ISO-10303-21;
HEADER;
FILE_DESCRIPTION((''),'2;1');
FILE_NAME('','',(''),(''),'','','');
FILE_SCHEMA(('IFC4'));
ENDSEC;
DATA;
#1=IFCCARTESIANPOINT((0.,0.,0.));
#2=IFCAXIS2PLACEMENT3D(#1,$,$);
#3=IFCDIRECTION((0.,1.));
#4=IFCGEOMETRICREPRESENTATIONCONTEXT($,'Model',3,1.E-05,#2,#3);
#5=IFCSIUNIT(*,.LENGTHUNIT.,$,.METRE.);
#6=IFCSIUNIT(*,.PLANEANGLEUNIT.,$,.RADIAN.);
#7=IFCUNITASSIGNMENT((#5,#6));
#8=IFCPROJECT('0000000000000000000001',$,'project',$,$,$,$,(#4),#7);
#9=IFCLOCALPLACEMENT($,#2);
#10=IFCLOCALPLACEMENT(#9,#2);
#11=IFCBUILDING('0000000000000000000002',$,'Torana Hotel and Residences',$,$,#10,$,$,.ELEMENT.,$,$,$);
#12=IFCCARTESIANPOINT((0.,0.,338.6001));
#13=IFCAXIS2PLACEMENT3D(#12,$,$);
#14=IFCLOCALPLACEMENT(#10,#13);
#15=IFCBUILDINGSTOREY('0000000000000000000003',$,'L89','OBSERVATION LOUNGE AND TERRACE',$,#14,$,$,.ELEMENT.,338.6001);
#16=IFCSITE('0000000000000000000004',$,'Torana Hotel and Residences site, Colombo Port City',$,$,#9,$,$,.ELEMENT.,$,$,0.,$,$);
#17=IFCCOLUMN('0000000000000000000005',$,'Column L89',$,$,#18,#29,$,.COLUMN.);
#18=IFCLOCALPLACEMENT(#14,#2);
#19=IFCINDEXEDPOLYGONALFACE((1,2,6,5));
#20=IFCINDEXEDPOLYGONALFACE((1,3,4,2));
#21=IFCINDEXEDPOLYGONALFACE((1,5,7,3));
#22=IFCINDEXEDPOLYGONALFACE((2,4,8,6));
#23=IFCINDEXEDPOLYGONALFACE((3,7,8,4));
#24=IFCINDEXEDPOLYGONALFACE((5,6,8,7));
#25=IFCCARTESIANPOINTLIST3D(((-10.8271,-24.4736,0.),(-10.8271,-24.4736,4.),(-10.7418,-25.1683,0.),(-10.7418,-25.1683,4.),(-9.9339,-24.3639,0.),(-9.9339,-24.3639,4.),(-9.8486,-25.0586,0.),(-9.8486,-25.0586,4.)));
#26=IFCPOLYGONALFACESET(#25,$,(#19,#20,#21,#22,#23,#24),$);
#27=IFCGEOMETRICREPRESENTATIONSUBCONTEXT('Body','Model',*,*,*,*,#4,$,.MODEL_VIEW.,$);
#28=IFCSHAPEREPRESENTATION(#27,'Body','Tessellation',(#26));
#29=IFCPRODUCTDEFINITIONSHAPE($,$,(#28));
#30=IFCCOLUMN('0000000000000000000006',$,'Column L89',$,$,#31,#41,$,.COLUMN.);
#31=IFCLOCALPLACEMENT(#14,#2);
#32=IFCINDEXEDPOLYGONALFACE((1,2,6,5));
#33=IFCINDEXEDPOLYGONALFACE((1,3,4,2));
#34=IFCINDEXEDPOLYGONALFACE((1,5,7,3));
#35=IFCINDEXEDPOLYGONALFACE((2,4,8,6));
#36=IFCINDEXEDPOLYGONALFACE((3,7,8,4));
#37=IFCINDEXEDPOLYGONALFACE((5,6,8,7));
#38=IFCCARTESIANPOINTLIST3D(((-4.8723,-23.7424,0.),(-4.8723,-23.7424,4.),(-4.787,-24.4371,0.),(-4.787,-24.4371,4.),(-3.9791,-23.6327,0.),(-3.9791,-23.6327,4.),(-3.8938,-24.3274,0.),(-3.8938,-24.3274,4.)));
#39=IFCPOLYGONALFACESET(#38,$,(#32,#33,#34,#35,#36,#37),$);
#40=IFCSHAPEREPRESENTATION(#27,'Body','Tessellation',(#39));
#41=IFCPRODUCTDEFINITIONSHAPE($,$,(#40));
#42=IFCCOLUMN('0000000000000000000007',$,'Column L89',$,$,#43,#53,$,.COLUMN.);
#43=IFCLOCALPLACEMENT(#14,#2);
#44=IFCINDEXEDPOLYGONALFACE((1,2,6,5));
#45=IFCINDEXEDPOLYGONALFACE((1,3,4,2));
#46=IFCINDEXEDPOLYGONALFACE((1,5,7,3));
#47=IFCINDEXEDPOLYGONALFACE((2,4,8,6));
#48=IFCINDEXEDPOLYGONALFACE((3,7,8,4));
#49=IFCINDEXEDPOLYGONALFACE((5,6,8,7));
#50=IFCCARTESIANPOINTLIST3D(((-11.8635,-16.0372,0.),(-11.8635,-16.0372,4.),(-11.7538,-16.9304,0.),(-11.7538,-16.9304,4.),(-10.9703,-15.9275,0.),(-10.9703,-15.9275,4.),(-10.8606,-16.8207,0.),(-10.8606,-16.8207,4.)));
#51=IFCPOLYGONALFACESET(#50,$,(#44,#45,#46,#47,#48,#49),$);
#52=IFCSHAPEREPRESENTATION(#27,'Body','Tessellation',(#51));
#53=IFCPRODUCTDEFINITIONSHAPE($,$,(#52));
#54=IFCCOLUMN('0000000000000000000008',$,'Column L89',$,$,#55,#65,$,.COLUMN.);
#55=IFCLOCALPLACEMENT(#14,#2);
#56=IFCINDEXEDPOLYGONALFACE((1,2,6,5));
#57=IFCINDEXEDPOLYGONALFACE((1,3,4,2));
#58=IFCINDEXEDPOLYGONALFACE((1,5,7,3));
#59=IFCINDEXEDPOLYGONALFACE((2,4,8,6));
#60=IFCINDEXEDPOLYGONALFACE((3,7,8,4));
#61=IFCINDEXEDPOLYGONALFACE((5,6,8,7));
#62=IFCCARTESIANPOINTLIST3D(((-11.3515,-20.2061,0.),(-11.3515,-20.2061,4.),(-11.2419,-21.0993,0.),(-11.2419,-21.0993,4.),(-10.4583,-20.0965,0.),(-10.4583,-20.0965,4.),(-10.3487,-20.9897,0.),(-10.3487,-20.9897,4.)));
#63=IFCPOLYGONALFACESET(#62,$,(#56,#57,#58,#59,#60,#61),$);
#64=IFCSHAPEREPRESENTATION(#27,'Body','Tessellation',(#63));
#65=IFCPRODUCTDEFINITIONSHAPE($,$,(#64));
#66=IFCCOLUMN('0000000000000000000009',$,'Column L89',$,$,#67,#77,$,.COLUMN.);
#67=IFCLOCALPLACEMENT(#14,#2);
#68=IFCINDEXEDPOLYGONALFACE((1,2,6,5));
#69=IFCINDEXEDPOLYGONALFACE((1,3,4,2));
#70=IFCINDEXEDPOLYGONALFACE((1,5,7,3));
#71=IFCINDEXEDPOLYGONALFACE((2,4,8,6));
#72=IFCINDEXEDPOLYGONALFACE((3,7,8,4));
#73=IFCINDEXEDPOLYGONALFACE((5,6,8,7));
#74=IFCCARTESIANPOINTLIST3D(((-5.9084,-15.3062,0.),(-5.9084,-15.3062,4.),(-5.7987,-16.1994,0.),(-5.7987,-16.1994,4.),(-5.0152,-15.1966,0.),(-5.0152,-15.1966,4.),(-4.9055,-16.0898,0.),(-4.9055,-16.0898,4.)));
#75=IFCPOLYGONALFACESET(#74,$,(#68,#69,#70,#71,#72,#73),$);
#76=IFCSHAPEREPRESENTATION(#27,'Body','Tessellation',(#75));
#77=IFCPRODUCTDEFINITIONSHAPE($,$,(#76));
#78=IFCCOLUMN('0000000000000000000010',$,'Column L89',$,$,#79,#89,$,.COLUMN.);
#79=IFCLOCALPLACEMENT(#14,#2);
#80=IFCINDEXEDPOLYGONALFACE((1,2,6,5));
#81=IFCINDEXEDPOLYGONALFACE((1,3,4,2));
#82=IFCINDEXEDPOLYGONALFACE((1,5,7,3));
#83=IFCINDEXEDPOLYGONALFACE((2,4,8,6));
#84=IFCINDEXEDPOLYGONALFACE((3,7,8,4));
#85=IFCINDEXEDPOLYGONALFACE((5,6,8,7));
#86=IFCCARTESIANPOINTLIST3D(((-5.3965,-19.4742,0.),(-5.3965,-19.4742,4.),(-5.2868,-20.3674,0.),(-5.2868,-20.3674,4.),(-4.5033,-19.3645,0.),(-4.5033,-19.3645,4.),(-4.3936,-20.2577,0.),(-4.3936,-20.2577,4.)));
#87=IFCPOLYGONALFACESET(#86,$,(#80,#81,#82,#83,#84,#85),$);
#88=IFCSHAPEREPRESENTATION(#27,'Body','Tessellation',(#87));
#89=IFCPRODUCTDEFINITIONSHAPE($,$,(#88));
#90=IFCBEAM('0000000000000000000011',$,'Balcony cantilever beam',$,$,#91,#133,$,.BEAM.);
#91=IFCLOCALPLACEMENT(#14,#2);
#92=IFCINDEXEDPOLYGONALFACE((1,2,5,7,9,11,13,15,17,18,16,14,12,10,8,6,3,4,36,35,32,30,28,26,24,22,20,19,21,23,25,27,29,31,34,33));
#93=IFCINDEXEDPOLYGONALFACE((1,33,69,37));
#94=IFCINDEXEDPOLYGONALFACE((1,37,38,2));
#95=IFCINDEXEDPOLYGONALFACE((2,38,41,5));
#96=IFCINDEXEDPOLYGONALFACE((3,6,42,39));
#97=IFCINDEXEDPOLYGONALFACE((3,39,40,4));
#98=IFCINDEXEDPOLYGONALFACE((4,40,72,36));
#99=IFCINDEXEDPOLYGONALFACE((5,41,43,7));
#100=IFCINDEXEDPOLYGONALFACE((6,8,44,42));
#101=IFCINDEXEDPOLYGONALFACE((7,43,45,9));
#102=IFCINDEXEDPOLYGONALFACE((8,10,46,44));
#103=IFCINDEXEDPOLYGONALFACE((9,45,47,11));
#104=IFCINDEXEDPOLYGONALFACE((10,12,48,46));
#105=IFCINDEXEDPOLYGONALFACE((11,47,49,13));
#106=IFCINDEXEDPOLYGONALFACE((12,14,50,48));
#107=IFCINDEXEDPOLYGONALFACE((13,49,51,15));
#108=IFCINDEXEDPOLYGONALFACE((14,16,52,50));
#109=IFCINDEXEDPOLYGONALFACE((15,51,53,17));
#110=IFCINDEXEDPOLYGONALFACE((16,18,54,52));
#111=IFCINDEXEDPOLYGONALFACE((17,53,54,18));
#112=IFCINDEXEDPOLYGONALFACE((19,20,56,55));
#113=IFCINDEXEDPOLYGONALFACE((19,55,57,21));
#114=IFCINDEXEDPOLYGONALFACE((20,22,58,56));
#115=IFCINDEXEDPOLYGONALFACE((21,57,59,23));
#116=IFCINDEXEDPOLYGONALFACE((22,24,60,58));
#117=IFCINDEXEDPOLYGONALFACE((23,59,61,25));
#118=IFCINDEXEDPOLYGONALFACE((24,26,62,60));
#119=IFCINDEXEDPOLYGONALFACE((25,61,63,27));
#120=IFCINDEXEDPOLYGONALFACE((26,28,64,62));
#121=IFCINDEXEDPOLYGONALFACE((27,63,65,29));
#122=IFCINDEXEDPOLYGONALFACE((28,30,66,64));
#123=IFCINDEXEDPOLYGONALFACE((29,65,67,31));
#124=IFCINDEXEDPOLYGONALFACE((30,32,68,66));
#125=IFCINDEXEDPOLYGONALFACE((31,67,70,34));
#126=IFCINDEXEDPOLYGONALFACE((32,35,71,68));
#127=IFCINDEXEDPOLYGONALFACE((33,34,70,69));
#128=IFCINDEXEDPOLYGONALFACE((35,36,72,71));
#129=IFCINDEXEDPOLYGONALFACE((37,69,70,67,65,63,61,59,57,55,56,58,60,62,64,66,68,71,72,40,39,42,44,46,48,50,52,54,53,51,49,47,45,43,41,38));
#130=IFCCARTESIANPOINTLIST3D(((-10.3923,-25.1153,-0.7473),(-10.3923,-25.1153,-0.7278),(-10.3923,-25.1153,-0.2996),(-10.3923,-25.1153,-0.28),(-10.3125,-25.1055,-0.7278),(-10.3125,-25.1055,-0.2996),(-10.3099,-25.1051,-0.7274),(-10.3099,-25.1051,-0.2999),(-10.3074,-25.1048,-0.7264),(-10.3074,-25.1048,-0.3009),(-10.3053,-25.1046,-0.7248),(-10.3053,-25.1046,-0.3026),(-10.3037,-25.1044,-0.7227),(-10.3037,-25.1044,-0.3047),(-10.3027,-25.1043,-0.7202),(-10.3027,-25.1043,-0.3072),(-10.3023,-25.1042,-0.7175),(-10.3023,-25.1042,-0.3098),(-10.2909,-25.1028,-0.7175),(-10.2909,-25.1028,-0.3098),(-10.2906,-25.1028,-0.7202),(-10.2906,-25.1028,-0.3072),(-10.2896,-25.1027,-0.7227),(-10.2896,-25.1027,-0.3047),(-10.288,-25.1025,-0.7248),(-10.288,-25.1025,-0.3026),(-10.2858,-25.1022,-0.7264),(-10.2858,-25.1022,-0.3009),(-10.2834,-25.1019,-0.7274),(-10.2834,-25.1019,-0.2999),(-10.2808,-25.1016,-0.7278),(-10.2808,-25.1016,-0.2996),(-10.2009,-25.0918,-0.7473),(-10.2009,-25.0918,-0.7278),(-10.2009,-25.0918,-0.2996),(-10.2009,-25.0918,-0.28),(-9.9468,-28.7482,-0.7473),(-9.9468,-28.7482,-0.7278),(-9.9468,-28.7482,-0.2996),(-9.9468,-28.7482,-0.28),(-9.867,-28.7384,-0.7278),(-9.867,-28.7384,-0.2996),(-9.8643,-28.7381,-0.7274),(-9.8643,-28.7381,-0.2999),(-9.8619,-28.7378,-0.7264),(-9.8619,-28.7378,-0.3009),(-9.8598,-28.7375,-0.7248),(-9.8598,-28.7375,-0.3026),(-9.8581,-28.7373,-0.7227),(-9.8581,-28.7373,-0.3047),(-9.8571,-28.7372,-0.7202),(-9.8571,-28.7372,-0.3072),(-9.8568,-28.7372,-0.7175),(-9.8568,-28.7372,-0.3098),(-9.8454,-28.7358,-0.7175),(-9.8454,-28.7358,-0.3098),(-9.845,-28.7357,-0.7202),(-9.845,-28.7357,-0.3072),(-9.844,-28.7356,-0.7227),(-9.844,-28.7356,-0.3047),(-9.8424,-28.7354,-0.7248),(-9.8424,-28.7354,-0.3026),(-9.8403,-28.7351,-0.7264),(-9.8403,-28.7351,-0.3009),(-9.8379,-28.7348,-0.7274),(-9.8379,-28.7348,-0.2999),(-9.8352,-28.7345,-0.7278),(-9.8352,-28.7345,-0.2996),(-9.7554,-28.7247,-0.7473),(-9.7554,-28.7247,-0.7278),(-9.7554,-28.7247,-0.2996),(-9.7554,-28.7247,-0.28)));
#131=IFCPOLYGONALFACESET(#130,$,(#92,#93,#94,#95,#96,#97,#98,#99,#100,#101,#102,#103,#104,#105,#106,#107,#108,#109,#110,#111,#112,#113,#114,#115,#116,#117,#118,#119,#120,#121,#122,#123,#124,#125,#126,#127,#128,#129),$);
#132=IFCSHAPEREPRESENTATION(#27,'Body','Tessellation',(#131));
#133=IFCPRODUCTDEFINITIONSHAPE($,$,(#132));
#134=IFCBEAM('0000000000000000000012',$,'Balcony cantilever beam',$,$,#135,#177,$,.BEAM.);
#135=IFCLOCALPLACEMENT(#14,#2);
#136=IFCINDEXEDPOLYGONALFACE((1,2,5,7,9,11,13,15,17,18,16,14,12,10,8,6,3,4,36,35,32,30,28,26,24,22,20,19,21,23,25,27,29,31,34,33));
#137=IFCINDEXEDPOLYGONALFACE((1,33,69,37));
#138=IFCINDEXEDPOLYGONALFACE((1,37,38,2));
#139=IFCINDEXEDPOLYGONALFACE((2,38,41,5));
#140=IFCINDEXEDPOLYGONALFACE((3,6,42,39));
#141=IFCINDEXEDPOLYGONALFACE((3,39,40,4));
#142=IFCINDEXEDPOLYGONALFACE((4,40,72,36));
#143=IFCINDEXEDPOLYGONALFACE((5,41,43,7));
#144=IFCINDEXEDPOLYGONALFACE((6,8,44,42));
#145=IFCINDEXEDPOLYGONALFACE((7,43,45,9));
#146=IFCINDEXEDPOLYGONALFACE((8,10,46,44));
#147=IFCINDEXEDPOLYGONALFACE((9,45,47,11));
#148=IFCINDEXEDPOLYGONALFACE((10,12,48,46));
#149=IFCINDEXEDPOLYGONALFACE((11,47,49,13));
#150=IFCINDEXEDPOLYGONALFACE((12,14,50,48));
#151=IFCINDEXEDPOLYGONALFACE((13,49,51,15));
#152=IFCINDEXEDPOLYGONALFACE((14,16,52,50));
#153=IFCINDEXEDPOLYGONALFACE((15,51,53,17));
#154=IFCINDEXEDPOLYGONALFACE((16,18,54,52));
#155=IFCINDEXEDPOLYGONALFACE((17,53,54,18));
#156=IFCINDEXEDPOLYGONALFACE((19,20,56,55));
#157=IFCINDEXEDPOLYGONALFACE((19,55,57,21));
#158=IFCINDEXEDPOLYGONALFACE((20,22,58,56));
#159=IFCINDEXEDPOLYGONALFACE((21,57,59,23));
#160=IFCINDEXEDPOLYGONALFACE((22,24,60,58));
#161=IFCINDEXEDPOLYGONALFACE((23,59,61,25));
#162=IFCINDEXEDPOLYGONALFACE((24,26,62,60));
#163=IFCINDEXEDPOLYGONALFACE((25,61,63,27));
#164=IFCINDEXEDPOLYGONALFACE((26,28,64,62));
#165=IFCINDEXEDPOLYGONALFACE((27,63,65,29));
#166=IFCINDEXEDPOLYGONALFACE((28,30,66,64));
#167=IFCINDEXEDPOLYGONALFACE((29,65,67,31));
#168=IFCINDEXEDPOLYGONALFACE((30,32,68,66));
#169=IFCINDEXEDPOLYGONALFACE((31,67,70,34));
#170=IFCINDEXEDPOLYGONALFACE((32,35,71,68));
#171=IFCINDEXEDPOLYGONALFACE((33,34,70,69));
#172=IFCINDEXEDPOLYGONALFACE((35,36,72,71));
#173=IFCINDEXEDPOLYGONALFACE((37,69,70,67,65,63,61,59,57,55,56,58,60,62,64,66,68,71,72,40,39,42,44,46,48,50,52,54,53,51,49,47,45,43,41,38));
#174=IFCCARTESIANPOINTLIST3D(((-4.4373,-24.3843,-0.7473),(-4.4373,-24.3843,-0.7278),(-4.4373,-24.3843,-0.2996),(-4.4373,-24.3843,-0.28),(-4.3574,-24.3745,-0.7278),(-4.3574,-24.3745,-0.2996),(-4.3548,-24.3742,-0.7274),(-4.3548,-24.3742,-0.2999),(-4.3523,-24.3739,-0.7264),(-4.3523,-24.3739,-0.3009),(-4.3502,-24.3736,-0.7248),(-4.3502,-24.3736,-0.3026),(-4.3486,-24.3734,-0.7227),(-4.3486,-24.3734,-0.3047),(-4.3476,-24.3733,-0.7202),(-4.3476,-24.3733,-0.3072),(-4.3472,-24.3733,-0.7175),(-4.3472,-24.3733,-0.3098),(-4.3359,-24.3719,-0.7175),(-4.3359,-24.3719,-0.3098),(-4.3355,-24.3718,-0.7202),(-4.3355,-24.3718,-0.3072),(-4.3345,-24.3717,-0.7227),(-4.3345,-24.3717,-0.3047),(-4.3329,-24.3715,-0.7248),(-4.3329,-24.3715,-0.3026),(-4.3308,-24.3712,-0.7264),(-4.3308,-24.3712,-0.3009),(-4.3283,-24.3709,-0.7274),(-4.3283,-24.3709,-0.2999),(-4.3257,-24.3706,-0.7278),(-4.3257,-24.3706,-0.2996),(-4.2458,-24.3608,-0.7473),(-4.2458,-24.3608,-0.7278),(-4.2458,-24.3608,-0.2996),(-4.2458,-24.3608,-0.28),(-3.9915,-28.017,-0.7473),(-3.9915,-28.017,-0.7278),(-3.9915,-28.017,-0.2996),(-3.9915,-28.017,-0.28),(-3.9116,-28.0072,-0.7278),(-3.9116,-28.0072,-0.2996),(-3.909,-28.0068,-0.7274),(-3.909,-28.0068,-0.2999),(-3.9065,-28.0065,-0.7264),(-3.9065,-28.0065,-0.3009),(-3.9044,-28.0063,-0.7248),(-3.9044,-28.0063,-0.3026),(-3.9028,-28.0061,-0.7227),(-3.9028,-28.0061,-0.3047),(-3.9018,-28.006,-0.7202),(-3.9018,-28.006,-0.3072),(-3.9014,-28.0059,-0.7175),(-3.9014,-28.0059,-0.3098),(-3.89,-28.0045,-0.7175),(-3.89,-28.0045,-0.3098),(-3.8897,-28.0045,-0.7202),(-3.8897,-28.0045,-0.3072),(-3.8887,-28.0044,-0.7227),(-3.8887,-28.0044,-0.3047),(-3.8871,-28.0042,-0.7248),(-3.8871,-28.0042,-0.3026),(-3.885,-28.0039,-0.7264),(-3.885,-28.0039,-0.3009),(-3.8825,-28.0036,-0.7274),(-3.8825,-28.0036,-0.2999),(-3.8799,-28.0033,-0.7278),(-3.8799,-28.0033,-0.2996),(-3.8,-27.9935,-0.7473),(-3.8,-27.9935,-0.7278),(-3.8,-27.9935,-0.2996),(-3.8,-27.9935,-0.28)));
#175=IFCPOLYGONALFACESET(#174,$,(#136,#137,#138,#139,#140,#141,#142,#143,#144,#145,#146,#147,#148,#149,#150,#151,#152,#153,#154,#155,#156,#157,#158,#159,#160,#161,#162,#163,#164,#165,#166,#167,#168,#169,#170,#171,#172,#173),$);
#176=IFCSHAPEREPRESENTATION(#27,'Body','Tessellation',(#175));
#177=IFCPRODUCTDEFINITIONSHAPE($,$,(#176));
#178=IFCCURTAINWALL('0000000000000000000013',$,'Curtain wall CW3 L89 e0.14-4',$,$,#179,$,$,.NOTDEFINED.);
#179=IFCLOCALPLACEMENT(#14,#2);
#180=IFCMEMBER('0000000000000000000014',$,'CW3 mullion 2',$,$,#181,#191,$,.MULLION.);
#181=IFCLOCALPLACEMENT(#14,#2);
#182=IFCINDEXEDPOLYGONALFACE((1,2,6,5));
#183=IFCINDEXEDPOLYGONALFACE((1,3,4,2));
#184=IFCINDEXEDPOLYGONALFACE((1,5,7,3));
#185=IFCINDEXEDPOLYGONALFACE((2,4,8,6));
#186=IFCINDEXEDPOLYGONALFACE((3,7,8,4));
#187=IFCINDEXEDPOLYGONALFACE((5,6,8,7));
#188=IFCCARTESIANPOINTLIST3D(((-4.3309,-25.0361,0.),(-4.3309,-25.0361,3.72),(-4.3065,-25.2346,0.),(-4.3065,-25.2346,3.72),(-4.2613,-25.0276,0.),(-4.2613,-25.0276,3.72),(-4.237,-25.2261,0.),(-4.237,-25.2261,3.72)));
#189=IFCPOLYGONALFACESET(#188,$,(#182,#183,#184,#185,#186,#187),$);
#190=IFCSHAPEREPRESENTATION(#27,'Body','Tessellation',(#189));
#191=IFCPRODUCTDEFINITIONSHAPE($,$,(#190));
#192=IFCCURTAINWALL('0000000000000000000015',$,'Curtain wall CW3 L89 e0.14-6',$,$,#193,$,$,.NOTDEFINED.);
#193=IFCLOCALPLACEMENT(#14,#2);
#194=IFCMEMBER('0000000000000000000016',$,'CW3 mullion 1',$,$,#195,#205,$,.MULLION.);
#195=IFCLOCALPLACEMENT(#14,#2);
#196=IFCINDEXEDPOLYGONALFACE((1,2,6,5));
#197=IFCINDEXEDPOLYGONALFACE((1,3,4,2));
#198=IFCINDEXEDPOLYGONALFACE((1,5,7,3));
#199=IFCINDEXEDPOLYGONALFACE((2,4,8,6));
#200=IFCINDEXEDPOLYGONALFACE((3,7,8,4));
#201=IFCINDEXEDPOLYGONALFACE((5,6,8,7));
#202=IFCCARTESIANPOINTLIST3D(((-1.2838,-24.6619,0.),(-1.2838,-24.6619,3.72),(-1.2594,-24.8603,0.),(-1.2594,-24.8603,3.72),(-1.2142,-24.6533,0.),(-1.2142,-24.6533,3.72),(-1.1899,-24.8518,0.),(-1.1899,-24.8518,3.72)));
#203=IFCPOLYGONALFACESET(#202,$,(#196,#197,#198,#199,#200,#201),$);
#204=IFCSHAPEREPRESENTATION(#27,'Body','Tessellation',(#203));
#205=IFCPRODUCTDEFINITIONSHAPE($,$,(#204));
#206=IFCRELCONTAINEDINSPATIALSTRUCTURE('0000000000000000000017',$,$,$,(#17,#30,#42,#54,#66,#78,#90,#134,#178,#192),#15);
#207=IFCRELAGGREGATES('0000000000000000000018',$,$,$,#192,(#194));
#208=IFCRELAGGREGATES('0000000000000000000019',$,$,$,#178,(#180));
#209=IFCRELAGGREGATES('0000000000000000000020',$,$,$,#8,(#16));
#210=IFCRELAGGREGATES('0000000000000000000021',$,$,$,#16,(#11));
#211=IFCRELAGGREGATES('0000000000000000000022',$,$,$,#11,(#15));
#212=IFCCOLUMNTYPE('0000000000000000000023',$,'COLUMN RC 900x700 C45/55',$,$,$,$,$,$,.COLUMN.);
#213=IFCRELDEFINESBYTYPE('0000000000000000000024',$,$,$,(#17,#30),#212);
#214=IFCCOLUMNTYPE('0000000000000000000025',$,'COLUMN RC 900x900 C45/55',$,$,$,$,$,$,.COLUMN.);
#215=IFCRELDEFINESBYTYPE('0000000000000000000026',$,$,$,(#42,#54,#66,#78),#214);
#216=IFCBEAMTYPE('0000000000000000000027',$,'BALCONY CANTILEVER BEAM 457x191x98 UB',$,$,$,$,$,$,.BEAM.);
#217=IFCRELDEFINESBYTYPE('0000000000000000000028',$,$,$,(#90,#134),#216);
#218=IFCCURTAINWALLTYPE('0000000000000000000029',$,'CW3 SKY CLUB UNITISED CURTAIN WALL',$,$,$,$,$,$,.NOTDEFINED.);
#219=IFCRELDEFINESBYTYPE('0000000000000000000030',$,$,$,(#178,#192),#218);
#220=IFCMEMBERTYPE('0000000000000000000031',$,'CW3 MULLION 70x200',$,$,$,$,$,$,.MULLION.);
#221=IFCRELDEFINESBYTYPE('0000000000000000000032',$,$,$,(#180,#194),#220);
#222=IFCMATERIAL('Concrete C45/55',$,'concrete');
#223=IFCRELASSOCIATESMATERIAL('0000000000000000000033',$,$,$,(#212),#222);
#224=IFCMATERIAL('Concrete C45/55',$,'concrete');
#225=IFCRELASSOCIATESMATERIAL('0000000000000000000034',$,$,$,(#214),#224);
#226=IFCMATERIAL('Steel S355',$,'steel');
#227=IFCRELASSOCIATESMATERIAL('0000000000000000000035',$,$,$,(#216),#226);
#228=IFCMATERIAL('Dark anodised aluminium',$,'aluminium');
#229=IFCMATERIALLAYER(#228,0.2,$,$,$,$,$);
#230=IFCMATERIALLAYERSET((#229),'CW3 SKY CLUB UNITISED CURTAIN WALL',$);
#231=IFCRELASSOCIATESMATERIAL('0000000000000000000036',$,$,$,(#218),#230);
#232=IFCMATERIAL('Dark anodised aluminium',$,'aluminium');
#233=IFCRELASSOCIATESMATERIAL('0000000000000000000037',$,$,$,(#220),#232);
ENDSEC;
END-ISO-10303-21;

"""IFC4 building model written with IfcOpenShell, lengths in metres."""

from ifc_helpers import new_model, si_unit, direction, frame, origin, origin_2d, place, context, subcontext, project, spatial, rectangle, i_section, extrude, material, layer, layer_set, material_profile, profile_set, type_object, element, aggregate, save


model = new_model("IFC4")

# Units and contexts
model_context = context("Model", 3, precision=1e-05, world=origin(), true_north=direction((0.0, 1.0)))
body_context = subcontext(model_context, "Body", "Model", "MODEL_VIEW")
ifc_project = project(units=[si_unit("LENGTHUNIT", "METRE"), si_unit("PLANEANGLEUNIT", "RADIAN")], contexts=[model_context])

# Site, building, storey
site_placement = place(None, origin())
site = spatial("IfcSite", under=ifc_project, at=site_placement, Name="Torana Hotel and Residences site, Colombo Port City", CompositionType="ELEMENT", RefElevation=0.0)
building_placement = place(site_placement, origin())
building = spatial("IfcBuilding", under=site, at=building_placement, Name="Torana Hotel and Residences", CompositionType="ELEMENT")
storey_placement = place(building_placement, frame((0.0, 0.0, 338.6001)))
storey = spatial("IfcBuildingStorey", under=building, at=storey_placement, Name="L89", Description="OBSERVATION LOUNGE AND TERRACE", CompositionType="ELEMENT", Elevation=338.6001)

# Columns
ifc_material_1 = material(Name="Concrete C45/55", Category="concrete")
ifc_material_profile_1 = material_profile(ifc_material_1, rectangle(XDim=0.8999, YDim=0.7, at=origin_2d()), Name="RC 900x700")
ifc_profile_set_1 = profile_set([ifc_material_profile_1], Name="Concrete C45/55")
column_type_1 = type_object("IfcColumnType", Name="COLUMN RC 900x700 C45/55", PredefinedType="COLUMN", material=ifc_profile_set_1)
for number, where, z_axis, x_axis, name in (
    (1, (-10.3379, -24.7661, 0.0), (0.0, 0.0, 1.0), (0.992546, 0.121869, 0.0), "Column L89"),
    (2, (-4.3831, -24.0349, 0.0), (0.0, 0.0, 1.0), (0.992546, 0.121869, 0.0), "Column L89"),
):
    element("IfcColumn", number, at=place(storey_placement, frame(where, z_axis=z_axis, x_axis=x_axis)), inside=storey, type_object=column_type_1, Name=name, PredefinedType="COLUMN", context=body_context, shape_type="SweptSolid", body=[
        extrude(rectangle(XDim=0.8999, YDim=0.7, at=origin_2d()), origin(), (0.0, 0.0, 1.0), 4.0),
    ])
ifc_material_2 = material(Name="Concrete C45/55", Category="concrete")
ifc_material_profile_2 = material_profile(ifc_material_2, rectangle(XDim=0.8999, YDim=0.8999, at=origin_2d()), Name="RC 900x900")
ifc_profile_set_2 = profile_set([ifc_material_profile_2], Name="Concrete C45/55")
column_type_2 = type_object("IfcColumnType", Name="COLUMN RC 900x900 C45/55", PredefinedType="COLUMN", material=ifc_profile_set_2)
for number, where, z_axis, x_axis, name in (
    (3, (-11.3621, -16.429, 0.0), (0.0, 0.0, 1.0), (0.992546, 0.121869, 0.0), "Column L89"),
    (4, (-10.8501, -20.5979, 0.0), (0.0, 0.0, 1.0), (0.992546, 0.121869, 0.0), "Column L89"),
    (5, (-5.407, -15.698, 0.0), (0.0, 0.0, 1.0), (0.992546, 0.121869, 0.0), "Column L89"),
    (6, (-4.895, -19.866, 0.0), (0.0, 0.0, 1.0), (0.992546, 0.121869, 0.0), "Column L89"),
):
    element("IfcColumn", number, at=place(storey_placement, frame(where, z_axis=z_axis, x_axis=x_axis)), inside=storey, type_object=column_type_2, Name=name, PredefinedType="COLUMN", context=body_context, shape_type="SweptSolid", body=[
        extrude(rectangle(XDim=0.8999, YDim=0.8999, at=origin_2d()), origin(), (0.0, 0.0, 1.0), 4.0),
    ])

# Beams
ifc_material_3 = material(Name="Steel S355", Category="steel")
ifc_material_profile_3 = material_profile(ifc_material_3, i_section(OverallWidth=0.1929, OverallDepth=0.4673, WebThickness=0.0115, FlangeThickness=0.0195, FilletRadius=0.0103, at=origin_2d()), Name="457x191x98 UB")
ifc_profile_set_3 = profile_set([ifc_material_profile_3], Name="Steel S355")
beam_type_1 = type_object("IfcBeamType", Name="BALCONY CANTILEVER BEAM 457x191x98 UB", PredefinedType="BEAM", material=ifc_profile_set_3)
beam_1_placement = place(storey_placement, frame((-10.2966, -25.1035, -0.5137), z_axis=(0.121728, -0.992564, 0.0), x_axis=(0.992564, 0.121728, 0.0)))
element("IfcBeam", 7, at=beam_1_placement, inside=storey, type_object=beam_type_1, Name="Balcony cantilever beam", PredefinedType="BEAM", context=body_context, shape_type="SweptSolid", body=[
    extrude(i_section(OverallWidth=0.1929, OverallDepth=0.4673, WebThickness=0.0115, FlangeThickness=0.0195, FilletRadius=0.0103, at=origin_2d()), origin(), (0.0, 0.0, 1.0), 3.6602),
])
beam_2_placement = place(storey_placement, frame((-4.3416, -24.3726, -0.5137), z_axis=(0.121809, -0.992554, 0.0), x_axis=(0.992554, 0.121809, 0.0)))
element("IfcBeam", 8, at=beam_2_placement, inside=storey, type_object=beam_type_1, Name="Balcony cantilever beam", PredefinedType="BEAM", context=body_context, shape_type="SweptSolid", body=[
    extrude(i_section(OverallWidth=0.1929, OverallDepth=0.4673, WebThickness=0.0115, FlangeThickness=0.0195, FilletRadius=0.0103, at=origin_2d()), origin(), (0.0, 0.0, 1.0), 3.6599),
])

# Curtain wall, member
ifc_material_4 = material(Name="Dark anodised aluminium", Category="aluminium")
ifc_layer_1 = layer(ifc_material_4, 0.2)
ifc_layer_set_1 = layer_set([ifc_layer_1], Name="CW3 SKY CLUB UNITISED CURTAIN WALL")
curtain_wall_type = type_object("IfcCurtainWallType", Name="CW3 SKY CLUB UNITISED CURTAIN WALL", PredefinedType="NOTDEFINED", material=ifc_layer_set_1)
curtain_wall_1_placement = place(storey_placement, origin())
curtain_wall_1 = element("IfcCurtainWall", 9, at=curtain_wall_1_placement, inside=storey, type_object=curtain_wall_type, Name="Curtain wall CW3 L89 e0.14-4", PredefinedType="NOTDEFINED")
ifc_material_5 = material(Name="Dark anodised aluminium", Category="aluminium")
ifc_material_profile_4 = material_profile(ifc_material_5, rectangle(XDim=0.2, YDim=0.0701, at=origin_2d()), Name="CW3 MULLION 70x200")
ifc_profile_set_4 = profile_set([ifc_material_profile_4], Name="Dark anodised aluminium")
member_type_1 = type_object("IfcMemberType", Name="CW3 MULLION 70x200", PredefinedType="MULLION", material=ifc_profile_set_4)
member_1_placement = place(storey_placement, frame((-4.2839, -25.1311, 0.0), z_axis=(0.0, 0.0, 1.0), x_axis=(-0.121864, 0.992547, 0.0)))
member_1 = element("IfcMember", 10, at=member_1_placement, type_object=member_type_1, Name="CW3 mullion 2", PredefinedType="MULLION", context=body_context, shape_type="SweptSolid", body=[
    extrude(rectangle(XDim=0.2, YDim=0.0701, at=origin_2d()), origin(), (0.0, 0.0, 1.0), 3.72),
])

# Curtain wall, member
curtain_wall_2_placement = place(storey_placement, origin())
curtain_wall_2 = element("IfcCurtainWall", 11, at=curtain_wall_2_placement, inside=storey, type_object=curtain_wall_type, Name="Curtain wall CW3 L89 e0.14-6", PredefinedType="NOTDEFINED")
member_2_placement = place(storey_placement, frame((-1.2368, -24.7568, 0.0), z_axis=(0.0, 0.0, 1.0), x_axis=(-0.121864, 0.992547, 0.0)))
member_2 = element("IfcMember", 12, at=member_2_placement, type_object=member_type_1, Name="CW3 mullion 1", PredefinedType="MULLION", context=body_context, shape_type="SweptSolid", body=[
    extrude(rectangle(XDim=0.2, YDim=0.0701, at=origin_2d()), origin(), (0.0, 0.0, 1.0), 3.72),
])
aggregate(curtain_wall_2, [member_2])

aggregate(curtain_wall_1, [member_1])

save(model, "model.ifc")
